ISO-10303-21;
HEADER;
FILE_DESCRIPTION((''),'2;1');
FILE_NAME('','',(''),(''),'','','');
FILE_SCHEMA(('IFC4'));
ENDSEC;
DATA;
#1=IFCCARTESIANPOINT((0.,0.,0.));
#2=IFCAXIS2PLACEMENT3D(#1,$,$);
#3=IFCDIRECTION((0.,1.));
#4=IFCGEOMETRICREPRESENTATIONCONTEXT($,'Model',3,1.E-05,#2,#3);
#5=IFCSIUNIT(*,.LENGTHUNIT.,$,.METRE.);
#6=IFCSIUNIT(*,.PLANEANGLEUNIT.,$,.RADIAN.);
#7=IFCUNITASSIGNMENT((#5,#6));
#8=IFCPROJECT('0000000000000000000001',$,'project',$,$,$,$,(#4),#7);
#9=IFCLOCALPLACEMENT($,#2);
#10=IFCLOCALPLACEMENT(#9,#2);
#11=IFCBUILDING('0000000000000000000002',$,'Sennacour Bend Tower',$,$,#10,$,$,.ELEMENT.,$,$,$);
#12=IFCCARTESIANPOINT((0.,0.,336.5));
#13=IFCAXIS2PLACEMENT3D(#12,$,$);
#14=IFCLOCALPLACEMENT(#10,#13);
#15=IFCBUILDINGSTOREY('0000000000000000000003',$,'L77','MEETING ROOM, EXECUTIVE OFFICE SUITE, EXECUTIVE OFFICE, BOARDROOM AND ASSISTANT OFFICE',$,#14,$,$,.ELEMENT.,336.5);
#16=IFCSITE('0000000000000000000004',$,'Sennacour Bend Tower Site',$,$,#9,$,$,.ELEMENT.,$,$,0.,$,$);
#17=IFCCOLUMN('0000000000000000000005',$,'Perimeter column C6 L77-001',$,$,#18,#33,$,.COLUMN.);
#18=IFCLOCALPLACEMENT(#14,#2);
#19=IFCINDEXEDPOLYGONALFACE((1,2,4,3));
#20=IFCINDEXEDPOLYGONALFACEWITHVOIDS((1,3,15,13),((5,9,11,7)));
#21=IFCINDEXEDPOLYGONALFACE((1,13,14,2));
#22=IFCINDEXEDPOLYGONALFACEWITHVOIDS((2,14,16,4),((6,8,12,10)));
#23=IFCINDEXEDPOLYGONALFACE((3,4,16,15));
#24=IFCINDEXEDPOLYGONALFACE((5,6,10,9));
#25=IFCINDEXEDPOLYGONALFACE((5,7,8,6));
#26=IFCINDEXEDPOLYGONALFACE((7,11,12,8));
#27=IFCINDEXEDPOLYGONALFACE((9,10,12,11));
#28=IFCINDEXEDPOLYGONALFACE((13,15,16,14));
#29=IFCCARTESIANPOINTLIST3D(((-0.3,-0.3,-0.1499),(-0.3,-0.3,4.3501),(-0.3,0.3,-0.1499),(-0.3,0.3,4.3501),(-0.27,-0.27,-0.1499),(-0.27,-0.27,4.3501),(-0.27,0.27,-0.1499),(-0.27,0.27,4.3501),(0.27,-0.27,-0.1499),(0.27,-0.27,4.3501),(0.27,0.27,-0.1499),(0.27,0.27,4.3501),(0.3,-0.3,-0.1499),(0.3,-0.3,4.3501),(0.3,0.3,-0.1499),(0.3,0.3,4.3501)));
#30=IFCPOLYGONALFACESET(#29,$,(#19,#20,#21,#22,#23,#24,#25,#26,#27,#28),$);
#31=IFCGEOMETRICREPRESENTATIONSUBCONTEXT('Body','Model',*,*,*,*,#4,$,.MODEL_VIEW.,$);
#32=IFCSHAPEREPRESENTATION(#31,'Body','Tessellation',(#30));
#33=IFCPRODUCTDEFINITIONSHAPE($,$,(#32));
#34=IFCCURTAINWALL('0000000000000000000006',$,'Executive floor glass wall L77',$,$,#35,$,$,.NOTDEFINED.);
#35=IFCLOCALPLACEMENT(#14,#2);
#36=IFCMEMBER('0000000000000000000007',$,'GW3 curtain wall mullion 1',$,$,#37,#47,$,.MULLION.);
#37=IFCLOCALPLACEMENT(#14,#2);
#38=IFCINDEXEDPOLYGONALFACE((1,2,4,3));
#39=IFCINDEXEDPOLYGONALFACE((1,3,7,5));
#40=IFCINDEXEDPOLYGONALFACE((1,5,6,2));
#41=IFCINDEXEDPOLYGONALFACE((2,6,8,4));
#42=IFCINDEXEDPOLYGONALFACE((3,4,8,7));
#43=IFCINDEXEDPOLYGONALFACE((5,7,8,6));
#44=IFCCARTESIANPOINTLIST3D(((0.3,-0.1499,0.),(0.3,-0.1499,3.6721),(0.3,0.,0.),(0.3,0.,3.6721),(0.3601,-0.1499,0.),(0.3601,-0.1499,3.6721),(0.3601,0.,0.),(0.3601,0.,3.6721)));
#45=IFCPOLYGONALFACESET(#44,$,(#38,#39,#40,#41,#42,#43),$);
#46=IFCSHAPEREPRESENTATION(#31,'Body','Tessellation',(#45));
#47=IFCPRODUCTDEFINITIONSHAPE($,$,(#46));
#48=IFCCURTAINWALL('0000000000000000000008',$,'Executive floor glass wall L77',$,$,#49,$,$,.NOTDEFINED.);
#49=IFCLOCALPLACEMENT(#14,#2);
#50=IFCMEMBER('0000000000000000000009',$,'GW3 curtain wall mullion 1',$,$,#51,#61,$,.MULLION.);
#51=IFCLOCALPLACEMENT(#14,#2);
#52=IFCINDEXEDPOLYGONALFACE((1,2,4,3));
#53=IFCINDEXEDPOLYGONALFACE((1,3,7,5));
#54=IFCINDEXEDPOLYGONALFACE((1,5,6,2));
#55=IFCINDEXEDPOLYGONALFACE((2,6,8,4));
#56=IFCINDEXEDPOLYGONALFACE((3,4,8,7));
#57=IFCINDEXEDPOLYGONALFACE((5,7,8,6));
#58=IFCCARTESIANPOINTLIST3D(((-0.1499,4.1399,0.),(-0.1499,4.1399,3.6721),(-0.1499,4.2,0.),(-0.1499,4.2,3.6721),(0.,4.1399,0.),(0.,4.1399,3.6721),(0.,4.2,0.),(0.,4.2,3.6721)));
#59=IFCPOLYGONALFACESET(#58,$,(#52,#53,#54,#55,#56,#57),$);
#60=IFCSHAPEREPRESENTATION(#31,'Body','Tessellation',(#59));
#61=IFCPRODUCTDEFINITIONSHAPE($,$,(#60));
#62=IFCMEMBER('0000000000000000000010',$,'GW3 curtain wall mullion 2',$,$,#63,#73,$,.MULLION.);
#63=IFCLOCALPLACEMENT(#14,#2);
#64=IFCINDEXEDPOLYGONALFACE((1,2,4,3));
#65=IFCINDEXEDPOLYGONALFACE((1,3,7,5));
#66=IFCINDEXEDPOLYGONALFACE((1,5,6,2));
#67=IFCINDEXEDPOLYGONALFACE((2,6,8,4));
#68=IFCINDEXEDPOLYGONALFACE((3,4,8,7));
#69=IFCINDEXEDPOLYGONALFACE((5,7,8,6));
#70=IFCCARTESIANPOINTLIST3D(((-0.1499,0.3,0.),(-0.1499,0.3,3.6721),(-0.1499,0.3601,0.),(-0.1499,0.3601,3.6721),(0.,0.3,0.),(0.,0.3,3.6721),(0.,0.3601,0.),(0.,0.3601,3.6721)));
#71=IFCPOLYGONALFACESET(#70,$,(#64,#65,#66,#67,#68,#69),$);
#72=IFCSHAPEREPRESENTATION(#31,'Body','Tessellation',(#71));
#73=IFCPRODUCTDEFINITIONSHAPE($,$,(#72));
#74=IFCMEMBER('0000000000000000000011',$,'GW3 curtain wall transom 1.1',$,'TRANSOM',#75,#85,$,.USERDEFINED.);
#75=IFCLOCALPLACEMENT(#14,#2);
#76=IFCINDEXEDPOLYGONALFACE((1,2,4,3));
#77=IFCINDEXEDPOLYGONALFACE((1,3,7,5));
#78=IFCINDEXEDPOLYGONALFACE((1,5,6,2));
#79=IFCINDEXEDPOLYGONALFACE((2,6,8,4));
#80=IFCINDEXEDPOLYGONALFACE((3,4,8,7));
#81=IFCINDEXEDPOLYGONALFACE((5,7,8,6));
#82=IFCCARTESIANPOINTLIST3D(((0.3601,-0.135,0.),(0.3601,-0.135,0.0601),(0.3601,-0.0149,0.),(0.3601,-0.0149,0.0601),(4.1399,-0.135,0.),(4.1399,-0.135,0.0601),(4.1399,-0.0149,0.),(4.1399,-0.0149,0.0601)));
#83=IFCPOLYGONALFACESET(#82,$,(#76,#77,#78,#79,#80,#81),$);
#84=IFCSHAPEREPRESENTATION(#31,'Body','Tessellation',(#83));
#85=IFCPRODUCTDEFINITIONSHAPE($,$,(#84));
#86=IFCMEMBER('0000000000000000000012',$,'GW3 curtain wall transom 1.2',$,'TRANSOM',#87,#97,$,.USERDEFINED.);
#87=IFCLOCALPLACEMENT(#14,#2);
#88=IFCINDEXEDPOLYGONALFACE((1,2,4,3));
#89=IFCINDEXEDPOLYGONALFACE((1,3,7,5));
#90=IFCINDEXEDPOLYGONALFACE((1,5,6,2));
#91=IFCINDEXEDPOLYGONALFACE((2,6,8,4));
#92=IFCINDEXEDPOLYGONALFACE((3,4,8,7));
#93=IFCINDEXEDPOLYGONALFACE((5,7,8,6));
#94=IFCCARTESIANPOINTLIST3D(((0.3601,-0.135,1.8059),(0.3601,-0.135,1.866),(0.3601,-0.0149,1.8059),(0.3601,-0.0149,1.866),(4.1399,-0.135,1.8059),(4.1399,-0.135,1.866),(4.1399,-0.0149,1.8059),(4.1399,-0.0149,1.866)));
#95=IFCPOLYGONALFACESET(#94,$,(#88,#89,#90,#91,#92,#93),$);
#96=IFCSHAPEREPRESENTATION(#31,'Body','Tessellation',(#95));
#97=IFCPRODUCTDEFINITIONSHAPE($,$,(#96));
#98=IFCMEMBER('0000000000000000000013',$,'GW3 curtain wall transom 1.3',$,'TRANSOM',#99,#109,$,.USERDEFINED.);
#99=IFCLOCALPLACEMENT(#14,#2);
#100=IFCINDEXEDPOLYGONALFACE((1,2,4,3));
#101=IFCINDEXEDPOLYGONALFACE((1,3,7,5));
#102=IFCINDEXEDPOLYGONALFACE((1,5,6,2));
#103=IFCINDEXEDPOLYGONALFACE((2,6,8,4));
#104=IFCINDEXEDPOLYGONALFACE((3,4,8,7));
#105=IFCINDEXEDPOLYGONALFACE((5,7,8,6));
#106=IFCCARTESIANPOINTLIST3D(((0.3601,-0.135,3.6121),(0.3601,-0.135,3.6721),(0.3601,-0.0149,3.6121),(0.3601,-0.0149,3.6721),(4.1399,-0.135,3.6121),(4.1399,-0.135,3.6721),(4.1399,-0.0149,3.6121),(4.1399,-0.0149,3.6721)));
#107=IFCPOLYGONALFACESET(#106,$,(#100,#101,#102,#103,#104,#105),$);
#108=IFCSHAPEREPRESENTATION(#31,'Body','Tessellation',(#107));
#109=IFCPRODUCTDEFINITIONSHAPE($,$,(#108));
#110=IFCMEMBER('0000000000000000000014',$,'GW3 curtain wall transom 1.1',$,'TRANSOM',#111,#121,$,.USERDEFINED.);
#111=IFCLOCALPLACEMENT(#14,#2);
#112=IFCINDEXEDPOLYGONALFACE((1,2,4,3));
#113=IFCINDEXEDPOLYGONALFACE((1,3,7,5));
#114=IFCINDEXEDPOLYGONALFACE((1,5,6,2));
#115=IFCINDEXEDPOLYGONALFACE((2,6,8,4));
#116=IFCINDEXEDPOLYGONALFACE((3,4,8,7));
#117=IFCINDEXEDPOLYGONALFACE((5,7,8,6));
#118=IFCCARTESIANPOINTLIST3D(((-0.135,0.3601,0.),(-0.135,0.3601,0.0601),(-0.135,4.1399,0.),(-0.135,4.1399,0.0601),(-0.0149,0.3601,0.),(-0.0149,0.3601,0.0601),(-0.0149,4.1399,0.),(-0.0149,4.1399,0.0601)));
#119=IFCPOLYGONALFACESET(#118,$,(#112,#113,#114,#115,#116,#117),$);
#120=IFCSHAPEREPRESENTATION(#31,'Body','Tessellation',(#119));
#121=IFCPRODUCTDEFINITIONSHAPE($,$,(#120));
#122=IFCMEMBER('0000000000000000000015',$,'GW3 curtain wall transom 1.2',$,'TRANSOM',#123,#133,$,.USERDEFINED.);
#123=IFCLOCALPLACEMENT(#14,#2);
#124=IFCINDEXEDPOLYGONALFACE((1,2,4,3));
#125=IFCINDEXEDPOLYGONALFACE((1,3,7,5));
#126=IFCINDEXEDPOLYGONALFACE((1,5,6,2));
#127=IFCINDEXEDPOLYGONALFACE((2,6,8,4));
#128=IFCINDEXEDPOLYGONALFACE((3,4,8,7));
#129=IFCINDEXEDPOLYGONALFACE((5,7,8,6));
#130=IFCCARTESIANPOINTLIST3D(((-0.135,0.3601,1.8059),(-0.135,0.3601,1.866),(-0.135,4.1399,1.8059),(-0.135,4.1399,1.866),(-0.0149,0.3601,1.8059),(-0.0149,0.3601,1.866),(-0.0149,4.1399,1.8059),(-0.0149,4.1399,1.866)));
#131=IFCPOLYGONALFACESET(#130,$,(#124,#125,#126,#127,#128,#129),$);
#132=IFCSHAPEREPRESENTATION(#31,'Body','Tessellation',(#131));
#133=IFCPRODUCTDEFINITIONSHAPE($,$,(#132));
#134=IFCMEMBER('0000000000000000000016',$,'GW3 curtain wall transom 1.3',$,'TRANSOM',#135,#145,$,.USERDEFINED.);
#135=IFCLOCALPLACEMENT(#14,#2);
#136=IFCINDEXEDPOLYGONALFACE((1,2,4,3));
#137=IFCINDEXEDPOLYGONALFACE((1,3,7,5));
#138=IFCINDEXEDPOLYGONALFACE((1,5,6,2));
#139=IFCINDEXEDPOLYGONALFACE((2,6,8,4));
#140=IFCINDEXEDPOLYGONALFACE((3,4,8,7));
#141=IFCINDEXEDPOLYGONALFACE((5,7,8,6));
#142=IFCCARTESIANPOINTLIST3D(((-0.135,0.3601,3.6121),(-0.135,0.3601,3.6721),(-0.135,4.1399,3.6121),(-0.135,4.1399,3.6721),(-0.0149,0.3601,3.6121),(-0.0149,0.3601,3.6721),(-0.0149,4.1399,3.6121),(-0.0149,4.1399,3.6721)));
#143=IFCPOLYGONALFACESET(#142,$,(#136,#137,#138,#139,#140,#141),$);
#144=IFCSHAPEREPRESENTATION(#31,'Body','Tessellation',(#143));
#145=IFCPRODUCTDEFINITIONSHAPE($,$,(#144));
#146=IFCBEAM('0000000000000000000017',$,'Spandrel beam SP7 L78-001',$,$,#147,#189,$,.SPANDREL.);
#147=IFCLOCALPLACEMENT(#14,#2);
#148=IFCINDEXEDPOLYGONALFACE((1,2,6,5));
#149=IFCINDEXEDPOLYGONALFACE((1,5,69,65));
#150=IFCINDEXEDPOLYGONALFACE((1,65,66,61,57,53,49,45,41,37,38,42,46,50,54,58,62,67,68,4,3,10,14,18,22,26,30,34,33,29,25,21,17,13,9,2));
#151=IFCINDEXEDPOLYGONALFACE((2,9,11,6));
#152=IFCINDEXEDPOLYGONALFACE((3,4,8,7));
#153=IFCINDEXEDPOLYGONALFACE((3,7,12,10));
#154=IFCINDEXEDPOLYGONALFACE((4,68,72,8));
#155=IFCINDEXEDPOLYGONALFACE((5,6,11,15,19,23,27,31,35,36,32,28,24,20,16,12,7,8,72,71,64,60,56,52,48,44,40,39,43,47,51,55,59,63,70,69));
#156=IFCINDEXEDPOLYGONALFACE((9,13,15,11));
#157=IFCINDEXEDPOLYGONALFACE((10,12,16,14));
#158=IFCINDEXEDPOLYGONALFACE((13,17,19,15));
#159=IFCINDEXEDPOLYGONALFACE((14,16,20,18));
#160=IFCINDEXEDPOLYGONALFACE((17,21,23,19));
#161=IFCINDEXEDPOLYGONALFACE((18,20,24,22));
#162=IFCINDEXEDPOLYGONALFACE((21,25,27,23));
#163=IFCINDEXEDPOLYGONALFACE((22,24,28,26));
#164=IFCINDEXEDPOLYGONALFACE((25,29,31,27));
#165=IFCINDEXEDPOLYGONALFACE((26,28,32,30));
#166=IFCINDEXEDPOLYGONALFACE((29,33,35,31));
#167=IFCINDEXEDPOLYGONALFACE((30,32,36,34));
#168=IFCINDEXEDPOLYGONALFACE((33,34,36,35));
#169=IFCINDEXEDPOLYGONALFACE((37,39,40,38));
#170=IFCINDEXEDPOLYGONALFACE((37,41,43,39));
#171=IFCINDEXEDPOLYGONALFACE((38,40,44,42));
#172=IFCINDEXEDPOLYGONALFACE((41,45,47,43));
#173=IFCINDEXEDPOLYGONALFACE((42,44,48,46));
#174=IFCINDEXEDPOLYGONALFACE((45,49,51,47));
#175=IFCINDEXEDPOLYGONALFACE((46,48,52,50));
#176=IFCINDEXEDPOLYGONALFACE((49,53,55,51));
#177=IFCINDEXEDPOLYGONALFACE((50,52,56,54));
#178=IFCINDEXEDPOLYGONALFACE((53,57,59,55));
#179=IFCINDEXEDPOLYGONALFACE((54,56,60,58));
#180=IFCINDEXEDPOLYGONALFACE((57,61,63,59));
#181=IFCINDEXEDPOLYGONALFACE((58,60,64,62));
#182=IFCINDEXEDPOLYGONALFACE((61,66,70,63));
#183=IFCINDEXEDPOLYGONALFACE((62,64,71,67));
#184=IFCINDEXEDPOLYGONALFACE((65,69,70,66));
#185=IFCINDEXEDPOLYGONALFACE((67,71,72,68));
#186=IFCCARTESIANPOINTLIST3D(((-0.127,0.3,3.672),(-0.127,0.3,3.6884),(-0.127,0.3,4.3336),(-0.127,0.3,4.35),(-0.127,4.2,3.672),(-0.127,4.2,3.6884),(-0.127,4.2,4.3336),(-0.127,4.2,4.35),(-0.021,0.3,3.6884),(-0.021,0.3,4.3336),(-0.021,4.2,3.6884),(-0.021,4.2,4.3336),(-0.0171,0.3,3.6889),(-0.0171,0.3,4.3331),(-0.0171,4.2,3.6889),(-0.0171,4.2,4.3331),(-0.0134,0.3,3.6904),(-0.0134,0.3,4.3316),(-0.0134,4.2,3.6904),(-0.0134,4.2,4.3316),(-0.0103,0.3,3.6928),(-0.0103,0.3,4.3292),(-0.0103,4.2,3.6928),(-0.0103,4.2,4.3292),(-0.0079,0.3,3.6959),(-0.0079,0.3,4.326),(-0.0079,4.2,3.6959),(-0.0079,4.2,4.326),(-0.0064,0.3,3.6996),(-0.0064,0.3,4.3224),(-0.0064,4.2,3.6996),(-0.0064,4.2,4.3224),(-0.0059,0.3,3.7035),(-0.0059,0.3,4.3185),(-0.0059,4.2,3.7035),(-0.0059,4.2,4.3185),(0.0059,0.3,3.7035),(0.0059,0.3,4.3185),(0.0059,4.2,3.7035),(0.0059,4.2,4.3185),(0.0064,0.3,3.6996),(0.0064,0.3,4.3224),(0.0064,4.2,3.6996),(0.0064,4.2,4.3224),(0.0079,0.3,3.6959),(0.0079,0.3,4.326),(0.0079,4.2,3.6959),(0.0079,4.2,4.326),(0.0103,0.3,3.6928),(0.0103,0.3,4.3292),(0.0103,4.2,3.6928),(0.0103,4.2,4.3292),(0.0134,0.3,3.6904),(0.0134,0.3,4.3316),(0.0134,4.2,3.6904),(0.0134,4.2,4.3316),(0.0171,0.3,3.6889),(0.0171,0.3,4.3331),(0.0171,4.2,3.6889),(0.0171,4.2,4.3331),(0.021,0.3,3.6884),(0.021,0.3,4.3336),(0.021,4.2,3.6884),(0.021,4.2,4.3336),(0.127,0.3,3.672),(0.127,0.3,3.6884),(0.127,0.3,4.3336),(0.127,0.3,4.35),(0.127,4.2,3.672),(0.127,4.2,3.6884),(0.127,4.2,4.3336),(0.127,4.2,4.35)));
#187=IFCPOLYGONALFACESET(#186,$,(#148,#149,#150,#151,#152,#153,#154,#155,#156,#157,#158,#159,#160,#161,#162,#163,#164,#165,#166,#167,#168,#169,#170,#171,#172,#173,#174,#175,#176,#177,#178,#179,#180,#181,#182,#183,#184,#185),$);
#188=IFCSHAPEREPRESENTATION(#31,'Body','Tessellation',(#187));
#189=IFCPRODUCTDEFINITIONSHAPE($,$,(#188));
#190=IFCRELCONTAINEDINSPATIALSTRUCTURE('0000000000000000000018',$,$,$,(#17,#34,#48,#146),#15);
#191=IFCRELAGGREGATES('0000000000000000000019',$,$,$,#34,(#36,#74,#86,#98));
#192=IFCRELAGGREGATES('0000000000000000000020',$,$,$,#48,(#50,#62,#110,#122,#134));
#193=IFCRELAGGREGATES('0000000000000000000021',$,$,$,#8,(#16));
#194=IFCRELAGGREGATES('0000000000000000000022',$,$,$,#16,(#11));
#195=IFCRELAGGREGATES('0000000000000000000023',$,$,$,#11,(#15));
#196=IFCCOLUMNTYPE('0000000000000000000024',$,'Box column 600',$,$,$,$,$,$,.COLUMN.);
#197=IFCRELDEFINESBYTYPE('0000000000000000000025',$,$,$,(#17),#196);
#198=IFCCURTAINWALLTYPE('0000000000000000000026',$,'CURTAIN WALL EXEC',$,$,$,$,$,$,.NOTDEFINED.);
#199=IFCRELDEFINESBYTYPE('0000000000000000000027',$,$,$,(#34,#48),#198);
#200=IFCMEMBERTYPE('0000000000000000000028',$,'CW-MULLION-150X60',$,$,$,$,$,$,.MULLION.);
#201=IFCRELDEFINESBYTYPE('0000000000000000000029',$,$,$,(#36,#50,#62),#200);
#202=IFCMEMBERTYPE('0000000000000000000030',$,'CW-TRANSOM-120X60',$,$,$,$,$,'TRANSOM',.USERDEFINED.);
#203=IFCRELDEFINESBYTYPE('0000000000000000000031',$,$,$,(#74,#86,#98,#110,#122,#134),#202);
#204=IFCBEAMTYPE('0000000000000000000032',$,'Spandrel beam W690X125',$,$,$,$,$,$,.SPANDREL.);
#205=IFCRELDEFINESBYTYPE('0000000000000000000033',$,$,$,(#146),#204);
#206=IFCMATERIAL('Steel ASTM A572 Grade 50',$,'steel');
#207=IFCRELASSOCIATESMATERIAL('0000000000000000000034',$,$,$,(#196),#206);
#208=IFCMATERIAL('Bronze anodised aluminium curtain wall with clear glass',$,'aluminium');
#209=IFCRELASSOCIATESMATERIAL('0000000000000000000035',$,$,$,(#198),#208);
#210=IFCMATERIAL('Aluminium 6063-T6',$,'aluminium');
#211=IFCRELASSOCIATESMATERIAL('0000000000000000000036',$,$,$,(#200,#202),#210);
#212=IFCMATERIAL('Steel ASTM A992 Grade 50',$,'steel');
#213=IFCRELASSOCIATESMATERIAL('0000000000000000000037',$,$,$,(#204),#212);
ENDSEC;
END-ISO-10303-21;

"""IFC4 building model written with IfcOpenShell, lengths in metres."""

from ifc_helpers import new_model, si_unit, direction, frame, origin, origin_2d, place, context, subcontext, project, spatial, rectangle, hollow_rectangle, i_section, extrude, material, material_profile, profile_set, type_object, element, aggregate, save


model = new_model("IFC4")

# Units and contexts
model_context = context("Model", 3, precision=1e-05, world=origin(), true_north=direction((0.0, 1.0)))
body_context = subcontext(model_context, "Body", "Model", "MODEL_VIEW")
ifc_project = project(units=[si_unit("LENGTHUNIT", "METRE"), si_unit("PLANEANGLEUNIT", "RADIAN")], contexts=[model_context])

# Site, building, storey
site_placement = place(None, origin())
site = spatial("IfcSite", under=ifc_project, at=site_placement, Name="Sennacour Bend Tower Site", CompositionType="ELEMENT", RefElevation=0.0)
building_placement = place(site_placement, origin())
building = spatial("IfcBuilding", under=site, at=building_placement, Name="Sennacour Bend Tower", CompositionType="ELEMENT")
storey_placement = place(building_placement, frame((0.0, 0.0, 336.5)))
storey = spatial("IfcBuildingStorey", under=building, at=storey_placement, Name="L77", Description="MEETING ROOM, EXECUTIVE OFFICE SUITE, EXECUTIVE OFFICE, BOARDROOM AND ASSISTANT OFFICE", CompositionType="ELEMENT", Elevation=336.5)

# Column
ifc_material_1 = material(Name="Steel ASTM A572 Grade 50", Category="steel")
ifc_material_profile_1 = material_profile(ifc_material_1, hollow_rectangle(XDim=0.6001, YDim=0.6001, WallThickness=0.03, at=origin_2d()), Name="Steel ASTM A572 Grade 50", Category="steel")
ifc_profile_set_1 = profile_set([ifc_material_profile_1], Name="Steel ASTM A572 Grade 50")
column_type = type_object("IfcColumnType", Name="Box column 600", PredefinedType="COLUMN", material=ifc_profile_set_1)
column_placement = place(storey_placement, frame((0.0, 0.0, -0.1499), z_axis=(0.0, 0.0, 1.0), x_axis=(1.0, 0.0, 0.0)))
element("IfcColumn", 1, at=column_placement, inside=storey, type_object=column_type, Name="Perimeter column C6 L77-001", PredefinedType="COLUMN", context=body_context, shape_type="SweptSolid", body=[
    extrude(hollow_rectangle(XDim=0.6001, YDim=0.6001, WallThickness=0.03, at=origin_2d()), origin(), (0.0, 0.0, 1.0), 4.5),
])

# Curtain wall, member
ifc_material_2 = material(Name="Bronze anodised aluminium curtain wall with clear glass", Category="aluminium")
curtain_wall_type = type_object("IfcCurtainWallType", Name="CURTAIN WALL EXEC", PredefinedType="NOTDEFINED", material=ifc_material_2)
curtain_wall_1_placement = place(storey_placement, origin())
curtain_wall_1 = element("IfcCurtainWall", 2, at=curtain_wall_1_placement, inside=storey, type_object=curtain_wall_type, Name="Executive floor glass wall L77", PredefinedType="NOTDEFINED")
ifc_material_3 = material(Name="Aluminium 6063-T6", Category="aluminium")
ifc_material_profile_2 = material_profile(ifc_material_3, rectangle(XDim=0.1499, YDim=0.0601, at=origin_2d()), Name="Aluminium 6063-T6", Category="aluminium")
ifc_profile_set_2 = profile_set([ifc_material_profile_2], Name="Aluminium 6063-T6")
member_type_1 = type_object("IfcMemberType", Name="CW-MULLION-150X60", PredefinedType="MULLION", material=ifc_profile_set_2)
member_1_placement = place(storey_placement, frame((0.3301, -0.075, 0.0), z_axis=(0.0, 0.0, 1.0), x_axis=(0.0, 1.0, 0.0)))
member_1 = element("IfcMember", 3, at=member_1_placement, type_object=member_type_1, Name="GW3 curtain wall mullion 1", PredefinedType="MULLION", context=body_context, shape_type="SweptSolid", body=[
    extrude(rectangle(XDim=0.1499, YDim=0.0601, at=origin_2d()), origin(), (0.0, 0.0, 1.0), 3.6721),
])

# Curtain wall, members
curtain_wall_2_placement = place(storey_placement, origin())
curtain_wall_2 = element("IfcCurtainWall", 4, at=curtain_wall_2_placement, inside=storey, type_object=curtain_wall_type, Name="Executive floor glass wall L77", PredefinedType="NOTDEFINED")
member_2_placement = place(storey_placement, frame((-0.075, 4.1699, 0.0), z_axis=(0.0, 0.0, 1.0), x_axis=(1.0, 0.0, 0.0)))
member_2 = element("IfcMember", 5, at=member_2_placement, type_object=member_type_1, Name="GW3 curtain wall mullion 1", PredefinedType="MULLION", context=body_context, shape_type="SweptSolid", body=[
    extrude(rectangle(XDim=0.1499, YDim=0.0601, at=origin_2d()), origin(), (0.0, 0.0, 1.0), 3.6721),
])
member_3_placement = place(storey_placement, frame((-0.075, 0.3301, 0.0), z_axis=(0.0, 0.0, 1.0), x_axis=(1.0, 0.0, 0.0)))
member_3 = element("IfcMember", 6, at=member_3_placement, type_object=member_type_1, Name="GW3 curtain wall mullion 2", PredefinedType="MULLION", context=body_context, shape_type="SweptSolid", body=[
    extrude(rectangle(XDim=0.1499, YDim=0.0601, at=origin_2d()), origin(), (0.0, 0.0, 1.0), 3.6721),
])

# Members
ifc_material_profile_3 = material_profile(ifc_material_3, rectangle(XDim=0.1201, YDim=0.0601, at=origin_2d()), Name="Aluminium 6063-T6", Category="aluminium")
ifc_profile_set_3 = profile_set([ifc_material_profile_3], Name="Aluminium 6063-T6")
member_type_2 = type_object("IfcMemberType", Name="CW-TRANSOM-120X60", ElementType="TRANSOM", PredefinedType="USERDEFINED", material=ifc_profile_set_3)
member_4_placement = place(storey_placement, frame((0.3601, -0.075, 0.03), z_axis=(1.0, 0.0, 0.0), x_axis=(0.0, 1.0, 0.0)))
member_4 = element("IfcMember", 7, at=member_4_placement, type_object=member_type_2, Name="GW3 curtain wall transom 1.1", ObjectType="TRANSOM", PredefinedType="USERDEFINED", context=body_context, shape_type="SweptSolid", body=[
    extrude(rectangle(XDim=0.1201, YDim=0.0601, at=origin_2d()), origin(), (0.0, 0.0, 1.0), 3.7798),
])
member_5_placement = place(storey_placement, frame((0.3601, -0.075, 1.8359), z_axis=(1.0, 0.0, 0.0), x_axis=(0.0, 1.0, 0.0)))
member_5 = element("IfcMember", 8, at=member_5_placement, type_object=member_type_2, Name="GW3 curtain wall transom 1.2", ObjectType="TRANSOM", PredefinedType="USERDEFINED", context=body_context, shape_type="SweptSolid", body=[
    extrude(rectangle(XDim=0.1201, YDim=0.0601, at=origin_2d()), origin(), (0.0, 0.0, 1.0), 3.7798),
])
member_6_placement = place(storey_placement, frame((0.3601, -0.075, 3.6421), z_axis=(1.0, 0.0, 0.0), x_axis=(0.0, 1.0, 0.0)))
member_6 = element("IfcMember", 9, at=member_6_placement, type_object=member_type_2, Name="GW3 curtain wall transom 1.3", ObjectType="TRANSOM", PredefinedType="USERDEFINED", context=body_context, shape_type="SweptSolid", body=[
    extrude(rectangle(XDim=0.1201, YDim=0.0601, at=origin_2d()), origin(), (0.0, 0.0, 1.0), 3.7798),
])
aggregate(curtain_wall_1, [member_1, member_4, member_5, member_6])
member_7_placement = place(storey_placement, frame((-0.075, 4.1399, 0.03), z_axis=(0.0, -1.0, 0.0), x_axis=(1.0, 0.0, 0.0)))
member_7 = element("IfcMember", 10, at=member_7_placement, type_object=member_type_2, Name="GW3 curtain wall transom 1.1", ObjectType="TRANSOM", PredefinedType="USERDEFINED", context=body_context, shape_type="SweptSolid", body=[
    extrude(rectangle(XDim=0.1201, YDim=0.0601, at=origin_2d()), origin(), (0.0, 0.0, 1.0), 3.7798),
])
member_8_placement = place(storey_placement, frame((-0.075, 4.1399, 1.8359), z_axis=(0.0, -1.0, 0.0), x_axis=(1.0, 0.0, 0.0)))
member_8 = element("IfcMember", 11, at=member_8_placement, type_object=member_type_2, Name="GW3 curtain wall transom 1.2", ObjectType="TRANSOM", PredefinedType="USERDEFINED", context=body_context, shape_type="SweptSolid", body=[
    extrude(rectangle(XDim=0.1201, YDim=0.0601, at=origin_2d()), origin(), (0.0, 0.0, 1.0), 3.7798),
])
member_9_placement = place(storey_placement, frame((-0.075, 4.1399, 3.6421), z_axis=(0.0, -1.0, 0.0), x_axis=(1.0, 0.0, 0.0)))
member_9 = element("IfcMember", 12, at=member_9_placement, type_object=member_type_2, Name="GW3 curtain wall transom 1.3", ObjectType="TRANSOM", PredefinedType="USERDEFINED", context=body_context, shape_type="SweptSolid", body=[
    extrude(rectangle(XDim=0.1201, YDim=0.0601, at=origin_2d()), origin(), (0.0, 0.0, 1.0), 3.7798),
])

# Beam
ifc_material_4 = material(Name="Steel ASTM A992 Grade 50", Category="steel")
ifc_material_profile_4 = material_profile(ifc_material_4, i_section(OverallWidth=0.2539, OverallDepth=0.678, WebThickness=0.0117, FlangeThickness=0.0164, FilletRadius=0.0151, at=origin_2d()), Name="Steel ASTM A992 Grade 50", Category="steel")
ifc_profile_set_4 = profile_set([ifc_material_profile_4], Name="Steel ASTM A992 Grade 50")
beam_type = type_object("IfcBeamType", Name="Spandrel beam W690X125", PredefinedType="SPANDREL", material=ifc_profile_set_4)
beam_placement = place(storey_placement, frame((0.0, 0.3, 4.011), z_axis=(0.0, 1.0, 0.0), x_axis=(-1.0, 0.0, 0.0)))
element("IfcBeam", 13, at=beam_placement, inside=storey, type_object=beam_type, Name="Spandrel beam SP7 L78-001", PredefinedType="SPANDREL", context=body_context, shape_type="SweptSolid", body=[
    extrude(i_section(OverallWidth=0.2539, OverallDepth=0.678, WebThickness=0.0117, FlangeThickness=0.0164, FilletRadius=0.0151, at=origin_2d()), origin(), (0.0, 0.0, 1.0), 3.8999),
])

aggregate(curtain_wall_2, [member_2, member_3, member_7, member_8, member_9])

save(model, "model.ifc")
